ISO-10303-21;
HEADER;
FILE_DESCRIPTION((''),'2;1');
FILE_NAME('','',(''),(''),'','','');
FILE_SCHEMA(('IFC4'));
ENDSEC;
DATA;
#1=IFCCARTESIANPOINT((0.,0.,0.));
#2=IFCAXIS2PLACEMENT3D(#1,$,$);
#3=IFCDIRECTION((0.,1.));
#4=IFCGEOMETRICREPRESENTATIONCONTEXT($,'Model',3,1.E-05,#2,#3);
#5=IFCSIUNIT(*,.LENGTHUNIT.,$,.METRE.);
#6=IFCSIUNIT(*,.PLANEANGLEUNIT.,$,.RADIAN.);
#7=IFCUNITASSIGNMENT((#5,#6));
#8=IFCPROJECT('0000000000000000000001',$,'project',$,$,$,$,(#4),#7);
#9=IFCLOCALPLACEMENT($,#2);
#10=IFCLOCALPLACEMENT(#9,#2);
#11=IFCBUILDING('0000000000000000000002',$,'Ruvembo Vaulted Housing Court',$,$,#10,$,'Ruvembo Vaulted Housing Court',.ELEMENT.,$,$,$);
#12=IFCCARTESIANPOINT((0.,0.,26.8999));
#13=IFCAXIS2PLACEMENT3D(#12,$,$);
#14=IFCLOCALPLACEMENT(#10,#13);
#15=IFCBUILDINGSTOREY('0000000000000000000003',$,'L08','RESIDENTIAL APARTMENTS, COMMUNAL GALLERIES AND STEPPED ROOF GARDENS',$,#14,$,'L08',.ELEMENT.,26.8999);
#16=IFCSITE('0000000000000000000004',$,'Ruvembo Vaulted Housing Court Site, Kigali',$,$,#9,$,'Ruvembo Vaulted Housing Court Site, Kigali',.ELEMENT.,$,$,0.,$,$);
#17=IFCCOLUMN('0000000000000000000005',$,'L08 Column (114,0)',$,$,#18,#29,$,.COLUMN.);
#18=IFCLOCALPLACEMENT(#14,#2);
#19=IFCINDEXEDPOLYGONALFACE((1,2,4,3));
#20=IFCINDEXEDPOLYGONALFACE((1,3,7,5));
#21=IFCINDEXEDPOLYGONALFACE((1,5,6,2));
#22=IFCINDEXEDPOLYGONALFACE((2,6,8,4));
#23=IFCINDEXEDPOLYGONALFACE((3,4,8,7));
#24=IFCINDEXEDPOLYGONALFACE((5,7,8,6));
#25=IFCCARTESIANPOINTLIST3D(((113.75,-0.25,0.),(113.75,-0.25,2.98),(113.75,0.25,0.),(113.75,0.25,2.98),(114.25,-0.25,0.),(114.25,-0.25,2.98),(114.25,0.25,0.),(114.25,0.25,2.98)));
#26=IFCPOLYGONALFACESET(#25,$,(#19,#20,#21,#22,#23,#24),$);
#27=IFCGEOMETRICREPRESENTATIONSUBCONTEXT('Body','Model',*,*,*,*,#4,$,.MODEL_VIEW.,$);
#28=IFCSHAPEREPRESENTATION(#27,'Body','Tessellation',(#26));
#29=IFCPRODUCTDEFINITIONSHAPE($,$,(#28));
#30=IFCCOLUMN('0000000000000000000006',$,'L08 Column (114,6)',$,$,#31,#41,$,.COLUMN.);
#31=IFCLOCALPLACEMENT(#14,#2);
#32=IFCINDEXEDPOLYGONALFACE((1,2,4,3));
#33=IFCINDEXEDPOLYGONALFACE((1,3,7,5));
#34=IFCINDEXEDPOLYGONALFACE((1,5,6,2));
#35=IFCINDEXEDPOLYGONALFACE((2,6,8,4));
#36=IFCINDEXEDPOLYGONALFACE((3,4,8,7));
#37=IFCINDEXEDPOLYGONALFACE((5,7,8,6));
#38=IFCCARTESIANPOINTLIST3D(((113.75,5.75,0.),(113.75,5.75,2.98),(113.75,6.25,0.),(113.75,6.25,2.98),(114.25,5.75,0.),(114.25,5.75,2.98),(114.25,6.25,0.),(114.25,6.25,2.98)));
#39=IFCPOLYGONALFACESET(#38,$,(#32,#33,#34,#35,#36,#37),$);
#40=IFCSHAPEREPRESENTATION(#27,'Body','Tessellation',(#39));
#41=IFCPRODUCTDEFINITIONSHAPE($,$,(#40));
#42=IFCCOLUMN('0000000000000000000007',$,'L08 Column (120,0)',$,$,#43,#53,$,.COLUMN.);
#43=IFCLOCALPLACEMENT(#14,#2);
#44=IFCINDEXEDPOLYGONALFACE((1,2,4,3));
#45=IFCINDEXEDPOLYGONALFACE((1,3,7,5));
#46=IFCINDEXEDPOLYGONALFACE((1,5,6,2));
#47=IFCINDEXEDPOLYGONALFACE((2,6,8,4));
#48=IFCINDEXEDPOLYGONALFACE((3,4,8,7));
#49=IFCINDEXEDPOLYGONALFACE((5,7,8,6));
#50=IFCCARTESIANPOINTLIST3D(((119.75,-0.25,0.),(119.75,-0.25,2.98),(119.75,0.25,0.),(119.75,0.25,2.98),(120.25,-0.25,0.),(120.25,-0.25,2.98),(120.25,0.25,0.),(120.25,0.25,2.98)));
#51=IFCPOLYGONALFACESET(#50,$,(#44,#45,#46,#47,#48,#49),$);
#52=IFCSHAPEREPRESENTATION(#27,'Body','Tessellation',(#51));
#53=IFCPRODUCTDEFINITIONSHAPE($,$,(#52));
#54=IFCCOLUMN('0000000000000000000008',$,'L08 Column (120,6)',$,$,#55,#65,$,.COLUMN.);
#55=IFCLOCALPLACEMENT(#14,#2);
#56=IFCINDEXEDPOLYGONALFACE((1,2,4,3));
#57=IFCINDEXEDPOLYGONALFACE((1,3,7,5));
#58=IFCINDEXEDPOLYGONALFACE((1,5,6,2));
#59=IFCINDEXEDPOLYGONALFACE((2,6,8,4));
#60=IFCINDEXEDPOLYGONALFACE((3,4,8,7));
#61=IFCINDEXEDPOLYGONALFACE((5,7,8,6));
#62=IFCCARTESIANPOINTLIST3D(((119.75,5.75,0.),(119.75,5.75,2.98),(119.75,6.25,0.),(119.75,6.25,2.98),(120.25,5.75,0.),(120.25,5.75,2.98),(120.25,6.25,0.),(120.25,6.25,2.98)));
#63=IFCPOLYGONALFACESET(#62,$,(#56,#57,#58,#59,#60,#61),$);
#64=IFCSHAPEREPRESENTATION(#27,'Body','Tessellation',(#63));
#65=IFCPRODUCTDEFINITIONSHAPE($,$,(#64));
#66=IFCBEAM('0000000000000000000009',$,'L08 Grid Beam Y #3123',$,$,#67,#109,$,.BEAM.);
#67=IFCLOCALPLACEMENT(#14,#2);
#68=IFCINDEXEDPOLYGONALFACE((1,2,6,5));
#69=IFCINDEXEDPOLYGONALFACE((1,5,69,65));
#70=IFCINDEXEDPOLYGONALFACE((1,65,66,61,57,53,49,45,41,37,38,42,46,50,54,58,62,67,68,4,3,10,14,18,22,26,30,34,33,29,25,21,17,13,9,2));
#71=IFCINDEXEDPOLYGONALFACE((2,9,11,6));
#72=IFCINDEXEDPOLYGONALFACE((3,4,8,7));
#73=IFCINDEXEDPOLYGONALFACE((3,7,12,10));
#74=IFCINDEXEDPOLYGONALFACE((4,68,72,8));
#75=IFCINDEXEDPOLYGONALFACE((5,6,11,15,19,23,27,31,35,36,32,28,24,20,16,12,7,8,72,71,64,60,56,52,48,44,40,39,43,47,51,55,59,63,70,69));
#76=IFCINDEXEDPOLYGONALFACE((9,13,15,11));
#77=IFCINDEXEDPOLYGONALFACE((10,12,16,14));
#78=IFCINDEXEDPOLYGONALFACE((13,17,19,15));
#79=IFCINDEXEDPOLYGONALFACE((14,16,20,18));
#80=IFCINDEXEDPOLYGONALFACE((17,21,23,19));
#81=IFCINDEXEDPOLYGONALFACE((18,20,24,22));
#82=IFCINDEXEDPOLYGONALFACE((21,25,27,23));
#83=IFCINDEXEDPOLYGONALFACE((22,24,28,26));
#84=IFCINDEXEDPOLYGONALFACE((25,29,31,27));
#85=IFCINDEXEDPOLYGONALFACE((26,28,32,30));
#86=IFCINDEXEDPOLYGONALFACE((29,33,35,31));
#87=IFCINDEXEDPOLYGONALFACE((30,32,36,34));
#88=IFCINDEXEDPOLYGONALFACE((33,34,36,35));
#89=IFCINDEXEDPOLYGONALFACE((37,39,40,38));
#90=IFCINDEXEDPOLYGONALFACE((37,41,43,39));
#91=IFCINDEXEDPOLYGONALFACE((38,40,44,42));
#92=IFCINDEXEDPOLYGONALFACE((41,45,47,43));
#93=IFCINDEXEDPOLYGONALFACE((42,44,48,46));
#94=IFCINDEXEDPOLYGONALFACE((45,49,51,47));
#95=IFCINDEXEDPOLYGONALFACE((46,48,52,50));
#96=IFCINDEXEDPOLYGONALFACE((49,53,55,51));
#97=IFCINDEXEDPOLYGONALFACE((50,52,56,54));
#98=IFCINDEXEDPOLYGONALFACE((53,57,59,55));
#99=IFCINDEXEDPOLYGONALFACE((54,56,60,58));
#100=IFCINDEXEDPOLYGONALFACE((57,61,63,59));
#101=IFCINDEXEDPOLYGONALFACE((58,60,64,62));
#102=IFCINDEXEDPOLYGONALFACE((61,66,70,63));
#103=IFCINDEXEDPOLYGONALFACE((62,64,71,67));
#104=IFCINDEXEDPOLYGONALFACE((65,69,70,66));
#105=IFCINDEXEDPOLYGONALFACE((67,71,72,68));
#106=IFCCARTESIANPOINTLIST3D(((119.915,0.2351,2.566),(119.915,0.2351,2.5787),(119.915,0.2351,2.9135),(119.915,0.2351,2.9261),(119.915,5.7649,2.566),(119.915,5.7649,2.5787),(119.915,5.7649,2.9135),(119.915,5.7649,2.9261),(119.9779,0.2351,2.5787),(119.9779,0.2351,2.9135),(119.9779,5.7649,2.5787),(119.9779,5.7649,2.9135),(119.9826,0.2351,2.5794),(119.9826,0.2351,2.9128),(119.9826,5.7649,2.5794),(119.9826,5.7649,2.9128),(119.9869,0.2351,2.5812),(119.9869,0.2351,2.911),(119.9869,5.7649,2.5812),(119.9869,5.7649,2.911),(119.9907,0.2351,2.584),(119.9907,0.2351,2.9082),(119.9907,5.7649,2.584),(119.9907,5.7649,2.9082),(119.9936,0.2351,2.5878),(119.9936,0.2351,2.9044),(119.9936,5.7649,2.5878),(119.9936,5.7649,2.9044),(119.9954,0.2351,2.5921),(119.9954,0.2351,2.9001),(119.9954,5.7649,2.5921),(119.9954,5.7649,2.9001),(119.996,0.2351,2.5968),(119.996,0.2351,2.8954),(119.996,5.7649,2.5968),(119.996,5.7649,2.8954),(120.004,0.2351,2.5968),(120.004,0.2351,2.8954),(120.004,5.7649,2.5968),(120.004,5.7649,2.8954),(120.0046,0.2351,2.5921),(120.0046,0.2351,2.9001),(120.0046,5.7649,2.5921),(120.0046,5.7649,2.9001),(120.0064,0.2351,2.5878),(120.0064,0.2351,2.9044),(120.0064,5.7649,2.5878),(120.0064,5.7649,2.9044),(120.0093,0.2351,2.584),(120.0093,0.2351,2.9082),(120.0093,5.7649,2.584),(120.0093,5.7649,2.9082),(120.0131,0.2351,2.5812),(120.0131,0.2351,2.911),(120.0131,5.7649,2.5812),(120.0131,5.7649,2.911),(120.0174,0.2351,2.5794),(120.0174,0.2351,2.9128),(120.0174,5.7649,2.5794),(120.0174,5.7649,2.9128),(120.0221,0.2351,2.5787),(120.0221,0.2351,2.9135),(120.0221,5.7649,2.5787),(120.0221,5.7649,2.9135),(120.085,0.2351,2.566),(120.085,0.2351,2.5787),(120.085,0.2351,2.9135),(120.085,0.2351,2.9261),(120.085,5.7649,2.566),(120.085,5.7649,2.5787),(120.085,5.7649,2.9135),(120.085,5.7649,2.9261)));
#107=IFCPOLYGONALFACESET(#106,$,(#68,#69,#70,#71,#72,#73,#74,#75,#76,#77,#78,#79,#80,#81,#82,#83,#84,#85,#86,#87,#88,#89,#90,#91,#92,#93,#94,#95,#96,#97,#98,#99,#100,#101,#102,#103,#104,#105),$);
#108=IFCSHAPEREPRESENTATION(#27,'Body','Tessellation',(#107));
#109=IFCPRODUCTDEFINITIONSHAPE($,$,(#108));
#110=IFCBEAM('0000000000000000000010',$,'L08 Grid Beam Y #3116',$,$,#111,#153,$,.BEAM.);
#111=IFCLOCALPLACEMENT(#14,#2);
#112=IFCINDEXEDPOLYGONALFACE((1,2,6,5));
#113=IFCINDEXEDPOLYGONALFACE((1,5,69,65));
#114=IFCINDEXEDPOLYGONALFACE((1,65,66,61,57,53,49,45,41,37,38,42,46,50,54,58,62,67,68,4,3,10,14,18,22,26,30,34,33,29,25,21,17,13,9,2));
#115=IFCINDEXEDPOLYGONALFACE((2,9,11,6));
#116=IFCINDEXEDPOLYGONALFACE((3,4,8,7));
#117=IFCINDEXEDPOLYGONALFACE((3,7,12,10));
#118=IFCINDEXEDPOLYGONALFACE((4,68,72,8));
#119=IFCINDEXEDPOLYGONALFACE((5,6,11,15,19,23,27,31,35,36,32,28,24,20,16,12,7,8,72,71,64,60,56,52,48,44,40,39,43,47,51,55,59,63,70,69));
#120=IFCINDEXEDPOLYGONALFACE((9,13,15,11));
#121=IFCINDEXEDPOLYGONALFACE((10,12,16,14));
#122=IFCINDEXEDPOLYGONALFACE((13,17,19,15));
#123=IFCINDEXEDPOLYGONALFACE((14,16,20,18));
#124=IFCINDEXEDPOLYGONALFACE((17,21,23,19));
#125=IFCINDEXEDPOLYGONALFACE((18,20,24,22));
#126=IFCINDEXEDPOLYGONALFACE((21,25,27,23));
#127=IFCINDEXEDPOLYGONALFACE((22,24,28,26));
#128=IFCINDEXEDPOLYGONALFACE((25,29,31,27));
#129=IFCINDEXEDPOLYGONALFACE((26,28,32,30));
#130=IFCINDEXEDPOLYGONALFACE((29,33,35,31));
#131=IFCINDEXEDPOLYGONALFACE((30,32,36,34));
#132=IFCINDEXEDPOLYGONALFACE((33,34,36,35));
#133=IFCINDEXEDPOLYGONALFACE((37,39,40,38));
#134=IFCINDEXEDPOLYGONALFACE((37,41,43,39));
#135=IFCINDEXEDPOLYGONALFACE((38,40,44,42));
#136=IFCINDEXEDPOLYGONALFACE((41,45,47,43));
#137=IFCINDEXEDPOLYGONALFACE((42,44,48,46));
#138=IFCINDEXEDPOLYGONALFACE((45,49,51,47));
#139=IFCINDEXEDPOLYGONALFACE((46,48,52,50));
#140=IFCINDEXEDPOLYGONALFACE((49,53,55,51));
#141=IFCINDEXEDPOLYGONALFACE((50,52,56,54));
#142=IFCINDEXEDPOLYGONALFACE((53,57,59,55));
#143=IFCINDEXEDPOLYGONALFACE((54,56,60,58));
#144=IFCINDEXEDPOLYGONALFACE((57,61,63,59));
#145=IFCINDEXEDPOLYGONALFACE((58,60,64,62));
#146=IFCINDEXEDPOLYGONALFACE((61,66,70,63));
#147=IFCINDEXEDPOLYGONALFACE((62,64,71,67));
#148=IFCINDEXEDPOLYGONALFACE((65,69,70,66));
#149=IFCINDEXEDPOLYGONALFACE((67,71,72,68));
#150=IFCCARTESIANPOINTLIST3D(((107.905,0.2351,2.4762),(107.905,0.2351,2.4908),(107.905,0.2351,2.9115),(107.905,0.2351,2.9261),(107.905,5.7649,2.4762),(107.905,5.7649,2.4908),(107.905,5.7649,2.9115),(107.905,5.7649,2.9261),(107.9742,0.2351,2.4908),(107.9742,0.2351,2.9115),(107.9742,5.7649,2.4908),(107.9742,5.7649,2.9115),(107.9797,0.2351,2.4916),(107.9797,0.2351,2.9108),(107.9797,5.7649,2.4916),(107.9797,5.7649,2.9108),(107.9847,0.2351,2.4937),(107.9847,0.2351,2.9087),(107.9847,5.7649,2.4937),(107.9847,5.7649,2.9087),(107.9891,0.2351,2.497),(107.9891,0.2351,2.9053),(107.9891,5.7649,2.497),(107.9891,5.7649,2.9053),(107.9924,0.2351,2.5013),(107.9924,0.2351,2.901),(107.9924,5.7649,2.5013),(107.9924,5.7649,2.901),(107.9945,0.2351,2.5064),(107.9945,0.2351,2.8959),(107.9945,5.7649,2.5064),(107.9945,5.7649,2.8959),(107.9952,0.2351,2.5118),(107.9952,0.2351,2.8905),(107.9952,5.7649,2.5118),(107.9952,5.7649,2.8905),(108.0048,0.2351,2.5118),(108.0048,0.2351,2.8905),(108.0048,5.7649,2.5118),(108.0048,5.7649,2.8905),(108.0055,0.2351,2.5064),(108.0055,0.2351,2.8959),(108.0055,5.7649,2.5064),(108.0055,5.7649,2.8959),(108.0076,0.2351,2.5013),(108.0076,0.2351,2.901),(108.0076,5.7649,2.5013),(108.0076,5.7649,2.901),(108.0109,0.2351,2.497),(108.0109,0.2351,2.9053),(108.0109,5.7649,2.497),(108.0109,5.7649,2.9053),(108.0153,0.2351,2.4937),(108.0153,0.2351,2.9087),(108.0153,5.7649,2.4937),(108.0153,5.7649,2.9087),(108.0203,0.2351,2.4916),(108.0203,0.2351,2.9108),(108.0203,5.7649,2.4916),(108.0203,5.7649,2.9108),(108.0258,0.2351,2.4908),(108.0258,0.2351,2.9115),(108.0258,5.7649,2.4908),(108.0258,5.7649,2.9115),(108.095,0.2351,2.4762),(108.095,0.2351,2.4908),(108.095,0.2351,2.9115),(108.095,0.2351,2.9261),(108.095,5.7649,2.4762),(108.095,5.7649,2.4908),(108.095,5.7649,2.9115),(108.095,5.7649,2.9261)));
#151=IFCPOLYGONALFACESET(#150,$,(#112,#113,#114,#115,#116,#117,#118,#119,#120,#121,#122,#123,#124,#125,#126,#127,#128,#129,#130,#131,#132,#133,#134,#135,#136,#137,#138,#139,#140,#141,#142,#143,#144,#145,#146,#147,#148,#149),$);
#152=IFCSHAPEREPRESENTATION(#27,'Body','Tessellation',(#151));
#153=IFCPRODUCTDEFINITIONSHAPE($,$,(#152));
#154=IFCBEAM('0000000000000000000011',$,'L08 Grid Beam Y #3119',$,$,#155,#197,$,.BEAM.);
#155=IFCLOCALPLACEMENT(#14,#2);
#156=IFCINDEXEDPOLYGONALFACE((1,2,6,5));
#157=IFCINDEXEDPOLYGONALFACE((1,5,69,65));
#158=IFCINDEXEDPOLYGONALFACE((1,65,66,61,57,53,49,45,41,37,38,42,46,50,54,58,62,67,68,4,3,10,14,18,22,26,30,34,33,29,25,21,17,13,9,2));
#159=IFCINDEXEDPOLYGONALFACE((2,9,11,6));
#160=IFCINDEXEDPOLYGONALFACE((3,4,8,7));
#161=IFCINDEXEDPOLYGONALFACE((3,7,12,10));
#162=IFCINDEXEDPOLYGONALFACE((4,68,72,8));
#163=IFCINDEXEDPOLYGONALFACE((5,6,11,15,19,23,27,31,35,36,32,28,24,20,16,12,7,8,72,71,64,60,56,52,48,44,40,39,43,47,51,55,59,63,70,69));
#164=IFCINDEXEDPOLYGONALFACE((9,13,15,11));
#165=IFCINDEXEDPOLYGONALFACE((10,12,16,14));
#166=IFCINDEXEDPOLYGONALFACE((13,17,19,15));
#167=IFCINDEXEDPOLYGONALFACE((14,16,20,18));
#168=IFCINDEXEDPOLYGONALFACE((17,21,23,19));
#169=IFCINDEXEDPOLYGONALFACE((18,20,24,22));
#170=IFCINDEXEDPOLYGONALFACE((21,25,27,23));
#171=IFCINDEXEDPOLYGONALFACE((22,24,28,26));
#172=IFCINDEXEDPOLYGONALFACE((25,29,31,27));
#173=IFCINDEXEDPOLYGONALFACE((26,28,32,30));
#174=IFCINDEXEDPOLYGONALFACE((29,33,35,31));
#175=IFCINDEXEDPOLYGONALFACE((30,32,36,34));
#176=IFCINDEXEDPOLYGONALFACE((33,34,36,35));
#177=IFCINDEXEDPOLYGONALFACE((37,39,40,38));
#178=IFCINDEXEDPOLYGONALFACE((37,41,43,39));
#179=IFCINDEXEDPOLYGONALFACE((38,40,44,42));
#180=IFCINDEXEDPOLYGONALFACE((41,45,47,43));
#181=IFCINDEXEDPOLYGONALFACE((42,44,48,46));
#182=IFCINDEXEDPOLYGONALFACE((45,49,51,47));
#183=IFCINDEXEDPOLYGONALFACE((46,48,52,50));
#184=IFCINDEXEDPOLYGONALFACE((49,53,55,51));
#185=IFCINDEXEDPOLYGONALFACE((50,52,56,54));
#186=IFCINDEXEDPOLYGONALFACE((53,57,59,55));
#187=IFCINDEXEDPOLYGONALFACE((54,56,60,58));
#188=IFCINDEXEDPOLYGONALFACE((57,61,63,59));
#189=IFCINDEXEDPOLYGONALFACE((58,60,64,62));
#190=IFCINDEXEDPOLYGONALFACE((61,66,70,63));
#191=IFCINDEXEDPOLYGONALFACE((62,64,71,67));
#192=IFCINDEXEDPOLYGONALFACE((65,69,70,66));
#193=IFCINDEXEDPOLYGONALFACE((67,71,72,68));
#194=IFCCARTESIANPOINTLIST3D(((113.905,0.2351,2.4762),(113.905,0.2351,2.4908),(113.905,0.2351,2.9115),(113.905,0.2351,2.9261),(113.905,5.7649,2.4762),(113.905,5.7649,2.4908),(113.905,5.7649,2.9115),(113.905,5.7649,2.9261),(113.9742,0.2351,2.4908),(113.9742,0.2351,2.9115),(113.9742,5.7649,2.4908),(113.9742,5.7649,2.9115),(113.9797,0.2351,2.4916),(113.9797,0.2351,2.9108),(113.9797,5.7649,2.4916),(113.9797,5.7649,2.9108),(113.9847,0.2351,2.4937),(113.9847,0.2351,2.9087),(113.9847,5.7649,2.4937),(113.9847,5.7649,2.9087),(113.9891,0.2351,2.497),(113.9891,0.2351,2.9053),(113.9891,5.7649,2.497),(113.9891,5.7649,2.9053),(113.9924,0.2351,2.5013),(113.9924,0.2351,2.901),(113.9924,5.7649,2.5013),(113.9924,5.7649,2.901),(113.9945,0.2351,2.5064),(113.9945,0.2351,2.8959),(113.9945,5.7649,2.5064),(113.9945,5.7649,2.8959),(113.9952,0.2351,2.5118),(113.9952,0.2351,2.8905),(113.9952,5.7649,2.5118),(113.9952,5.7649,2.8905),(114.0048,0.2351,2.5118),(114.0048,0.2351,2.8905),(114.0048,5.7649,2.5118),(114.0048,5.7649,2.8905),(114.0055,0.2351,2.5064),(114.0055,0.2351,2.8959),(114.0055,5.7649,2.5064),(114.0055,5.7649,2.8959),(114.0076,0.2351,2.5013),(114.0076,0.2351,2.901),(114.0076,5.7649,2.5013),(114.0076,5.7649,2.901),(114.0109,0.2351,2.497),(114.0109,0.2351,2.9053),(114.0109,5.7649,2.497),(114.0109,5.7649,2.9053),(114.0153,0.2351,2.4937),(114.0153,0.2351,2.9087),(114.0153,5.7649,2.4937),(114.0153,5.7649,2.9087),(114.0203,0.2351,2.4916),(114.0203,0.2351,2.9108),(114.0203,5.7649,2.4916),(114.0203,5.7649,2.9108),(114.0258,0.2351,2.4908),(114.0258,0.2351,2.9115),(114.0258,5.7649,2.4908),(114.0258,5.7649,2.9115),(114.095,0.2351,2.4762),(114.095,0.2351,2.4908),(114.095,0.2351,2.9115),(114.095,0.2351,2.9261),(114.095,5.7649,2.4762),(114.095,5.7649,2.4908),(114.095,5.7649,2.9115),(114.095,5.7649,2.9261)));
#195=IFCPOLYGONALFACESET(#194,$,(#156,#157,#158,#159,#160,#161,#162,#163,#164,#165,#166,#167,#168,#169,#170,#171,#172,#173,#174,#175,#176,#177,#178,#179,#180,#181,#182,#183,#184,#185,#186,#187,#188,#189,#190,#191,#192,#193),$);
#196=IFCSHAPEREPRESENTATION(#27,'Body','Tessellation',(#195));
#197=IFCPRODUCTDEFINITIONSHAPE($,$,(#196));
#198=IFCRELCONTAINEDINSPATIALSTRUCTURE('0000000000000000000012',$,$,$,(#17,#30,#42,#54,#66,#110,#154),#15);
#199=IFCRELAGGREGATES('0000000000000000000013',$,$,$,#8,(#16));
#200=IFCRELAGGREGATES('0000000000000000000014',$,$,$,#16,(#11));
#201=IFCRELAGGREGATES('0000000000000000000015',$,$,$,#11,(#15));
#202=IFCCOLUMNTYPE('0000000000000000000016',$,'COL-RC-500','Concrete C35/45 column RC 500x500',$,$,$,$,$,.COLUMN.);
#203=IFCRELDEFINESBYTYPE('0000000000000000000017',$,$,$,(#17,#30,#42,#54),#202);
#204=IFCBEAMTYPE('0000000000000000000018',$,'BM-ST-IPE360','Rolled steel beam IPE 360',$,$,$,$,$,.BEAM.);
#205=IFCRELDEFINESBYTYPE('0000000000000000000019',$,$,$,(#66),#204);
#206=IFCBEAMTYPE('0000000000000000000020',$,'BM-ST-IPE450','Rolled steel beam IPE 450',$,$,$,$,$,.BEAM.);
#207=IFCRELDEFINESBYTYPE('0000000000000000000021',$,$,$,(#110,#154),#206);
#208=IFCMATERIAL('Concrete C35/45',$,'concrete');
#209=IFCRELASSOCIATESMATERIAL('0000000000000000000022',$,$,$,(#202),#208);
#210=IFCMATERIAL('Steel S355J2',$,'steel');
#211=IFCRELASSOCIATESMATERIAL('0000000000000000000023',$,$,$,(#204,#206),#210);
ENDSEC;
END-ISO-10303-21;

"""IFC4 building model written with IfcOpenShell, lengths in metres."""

from ifc_helpers import new_model, si_unit, direction, frame, origin, origin_2d, place, context, subcontext, project, spatial, rectangle, i_section, extrude, material, material_profile, profile_set, type_object, element, save


model = new_model("IFC4")

# Units and contexts
model_context = context("Model", 3, precision=1e-05, world=origin(), true_north=direction((0.0, 1.0)))
body_context = subcontext(model_context, "Body", "Model", "MODEL_VIEW")
ifc_project = project(units=[si_unit("LENGTHUNIT", "METRE"), si_unit("PLANEANGLEUNIT", "RADIAN")], contexts=[model_context])

# Site, building, storey
site_placement = place(None, origin())
site = spatial("IfcSite", under=ifc_project, at=site_placement, Name="Ruvembo Vaulted Housing Court Site, Kigali", LongName="Ruvembo Vaulted Housing Court Site, Kigali", CompositionType="ELEMENT", RefElevation=0.0)
building_placement = place(site_placement, origin())
building = spatial("IfcBuilding", under=site, at=building_placement, Name="Ruvembo Vaulted Housing Court", LongName="Ruvembo Vaulted Housing Court", CompositionType="ELEMENT")
storey_placement = place(building_placement, frame((0.0, 0.0, 26.8999)))
storey = spatial("IfcBuildingStorey", under=building, at=storey_placement, Name="L08", Description="RESIDENTIAL APARTMENTS, COMMUNAL GALLERIES AND STEPPED ROOF GARDENS", LongName="L08", CompositionType="ELEMENT", Elevation=26.8999)

# Columns
ifc_material_1 = material(Name="Concrete C35/45", Category="concrete")
ifc_material_profile_1 = material_profile(ifc_material_1, rectangle(XDim=0.5, YDim=0.5, at=origin_2d()), Name="RC 500x500")
ifc_profile_set_1 = profile_set([ifc_material_profile_1], Name="Concrete C35/45")
column_type = type_object("IfcColumnType", Name="COL-RC-500", Description="Concrete C35/45 column RC 500x500", PredefinedType="COLUMN", material=ifc_profile_set_1)
for number, where, z_axis, x_axis, name in (
    (1, (114.0, 0.0, 0.0), (0.0, 0.0, 1.0), (1.0, 0.0, 0.0), "L08 Column (114,0)"),
    (2, (114.0, 6.0, 0.0), (0.0, 0.0, 1.0), (1.0, 0.0, 0.0), "L08 Column (114,6)"),
    (3, (120.0, 0.0, 0.0), (0.0, 0.0, 1.0), (1.0, 0.0, 0.0), "L08 Column (120,0)"),
    (4, (120.0, 6.0, 0.0), (0.0, 0.0, 1.0), (1.0, 0.0, 0.0), "L08 Column (120,6)"),
):
    element("IfcColumn", number, at=place(storey_placement, frame(where, z_axis=z_axis, x_axis=x_axis)), inside=storey, type_object=column_type, Name=name, PredefinedType="COLUMN", context=body_context, shape_type="SweptSolid", body=[
        extrude(rectangle(XDim=0.5, YDim=0.5, at=origin_2d()), origin(), (0.0, 0.0, 1.0), 2.98),
    ])

# Beams
ifc_material_2 = material(Name="Steel S355J2", Category="steel")
ifc_material_profile_2 = material_profile(ifc_material_2, i_section(OverallWidth=0.1699, OverallDepth=0.3601, WebThickness=0.0081, FlangeThickness=0.0127, FilletRadius=0.0181, at=origin_2d()), Name="IPE 360")
ifc_profile_set_2 = profile_set([ifc_material_profile_2], Name="Steel S355J2")
beam_type_1 = type_object("IfcBeamType", Name="BM-ST-IPE360", Description="Rolled steel beam IPE 360", PredefinedType="BEAM", material=ifc_profile_set_2)
beam_placement = place(storey_placement, frame((120.0, 0.2351, 2.7461), z_axis=(0.0, 1.0, 0.0), x_axis=(-1.0, 0.0, 0.0)))
element("IfcBeam", 5, at=beam_placement, inside=storey, type_object=beam_type_1, Name="L08 Grid Beam Y #3123", PredefinedType="BEAM", context=body_context, shape_type="SweptSolid", body=[
    extrude(i_section(OverallWidth=0.1699, OverallDepth=0.3601, WebThickness=0.0081, FlangeThickness=0.0127, FilletRadius=0.0181, at=origin_2d()), origin(), (0.0, 0.0, 1.0), 5.5298),
])
ifc_material_profile_3 = material_profile(ifc_material_2, i_section(OverallWidth=0.1899, OverallDepth=0.45, WebThickness=0.0095, FlangeThickness=0.0146, FilletRadius=0.021, at=origin_2d()), Name="IPE 450")
ifc_profile_set_3 = profile_set([ifc_material_profile_3], Name="Steel S355J2")
beam_type_2 = type_object("IfcBeamType", Name="BM-ST-IPE450", Description="Rolled steel beam IPE 450", PredefinedType="BEAM", material=ifc_profile_set_3)
for number, where, z_axis, x_axis, name in (
    (6, (108.0, 0.2351, 2.7012), (0.0, 1.0, 0.0), (-1.0, 0.0, 0.0), "L08 Grid Beam Y #3116"),
    (7, (114.0, 0.2351, 2.7012), (0.0, 1.0, 0.0), (-1.0, 0.0, 0.0), "L08 Grid Beam Y #3119"),
):
    element("IfcBeam", number, at=place(storey_placement, frame(where, z_axis=z_axis, x_axis=x_axis)), inside=storey, type_object=beam_type_2, Name=name, PredefinedType="BEAM", context=body_context, shape_type="SweptSolid", body=[
        extrude(i_section(OverallWidth=0.1899, OverallDepth=0.45, WebThickness=0.0095, FlangeThickness=0.0146, FilletRadius=0.021, at=origin_2d()), origin(), (0.0, 0.0, 1.0), 5.5298),
    ])

save(model, "model.ifc")
